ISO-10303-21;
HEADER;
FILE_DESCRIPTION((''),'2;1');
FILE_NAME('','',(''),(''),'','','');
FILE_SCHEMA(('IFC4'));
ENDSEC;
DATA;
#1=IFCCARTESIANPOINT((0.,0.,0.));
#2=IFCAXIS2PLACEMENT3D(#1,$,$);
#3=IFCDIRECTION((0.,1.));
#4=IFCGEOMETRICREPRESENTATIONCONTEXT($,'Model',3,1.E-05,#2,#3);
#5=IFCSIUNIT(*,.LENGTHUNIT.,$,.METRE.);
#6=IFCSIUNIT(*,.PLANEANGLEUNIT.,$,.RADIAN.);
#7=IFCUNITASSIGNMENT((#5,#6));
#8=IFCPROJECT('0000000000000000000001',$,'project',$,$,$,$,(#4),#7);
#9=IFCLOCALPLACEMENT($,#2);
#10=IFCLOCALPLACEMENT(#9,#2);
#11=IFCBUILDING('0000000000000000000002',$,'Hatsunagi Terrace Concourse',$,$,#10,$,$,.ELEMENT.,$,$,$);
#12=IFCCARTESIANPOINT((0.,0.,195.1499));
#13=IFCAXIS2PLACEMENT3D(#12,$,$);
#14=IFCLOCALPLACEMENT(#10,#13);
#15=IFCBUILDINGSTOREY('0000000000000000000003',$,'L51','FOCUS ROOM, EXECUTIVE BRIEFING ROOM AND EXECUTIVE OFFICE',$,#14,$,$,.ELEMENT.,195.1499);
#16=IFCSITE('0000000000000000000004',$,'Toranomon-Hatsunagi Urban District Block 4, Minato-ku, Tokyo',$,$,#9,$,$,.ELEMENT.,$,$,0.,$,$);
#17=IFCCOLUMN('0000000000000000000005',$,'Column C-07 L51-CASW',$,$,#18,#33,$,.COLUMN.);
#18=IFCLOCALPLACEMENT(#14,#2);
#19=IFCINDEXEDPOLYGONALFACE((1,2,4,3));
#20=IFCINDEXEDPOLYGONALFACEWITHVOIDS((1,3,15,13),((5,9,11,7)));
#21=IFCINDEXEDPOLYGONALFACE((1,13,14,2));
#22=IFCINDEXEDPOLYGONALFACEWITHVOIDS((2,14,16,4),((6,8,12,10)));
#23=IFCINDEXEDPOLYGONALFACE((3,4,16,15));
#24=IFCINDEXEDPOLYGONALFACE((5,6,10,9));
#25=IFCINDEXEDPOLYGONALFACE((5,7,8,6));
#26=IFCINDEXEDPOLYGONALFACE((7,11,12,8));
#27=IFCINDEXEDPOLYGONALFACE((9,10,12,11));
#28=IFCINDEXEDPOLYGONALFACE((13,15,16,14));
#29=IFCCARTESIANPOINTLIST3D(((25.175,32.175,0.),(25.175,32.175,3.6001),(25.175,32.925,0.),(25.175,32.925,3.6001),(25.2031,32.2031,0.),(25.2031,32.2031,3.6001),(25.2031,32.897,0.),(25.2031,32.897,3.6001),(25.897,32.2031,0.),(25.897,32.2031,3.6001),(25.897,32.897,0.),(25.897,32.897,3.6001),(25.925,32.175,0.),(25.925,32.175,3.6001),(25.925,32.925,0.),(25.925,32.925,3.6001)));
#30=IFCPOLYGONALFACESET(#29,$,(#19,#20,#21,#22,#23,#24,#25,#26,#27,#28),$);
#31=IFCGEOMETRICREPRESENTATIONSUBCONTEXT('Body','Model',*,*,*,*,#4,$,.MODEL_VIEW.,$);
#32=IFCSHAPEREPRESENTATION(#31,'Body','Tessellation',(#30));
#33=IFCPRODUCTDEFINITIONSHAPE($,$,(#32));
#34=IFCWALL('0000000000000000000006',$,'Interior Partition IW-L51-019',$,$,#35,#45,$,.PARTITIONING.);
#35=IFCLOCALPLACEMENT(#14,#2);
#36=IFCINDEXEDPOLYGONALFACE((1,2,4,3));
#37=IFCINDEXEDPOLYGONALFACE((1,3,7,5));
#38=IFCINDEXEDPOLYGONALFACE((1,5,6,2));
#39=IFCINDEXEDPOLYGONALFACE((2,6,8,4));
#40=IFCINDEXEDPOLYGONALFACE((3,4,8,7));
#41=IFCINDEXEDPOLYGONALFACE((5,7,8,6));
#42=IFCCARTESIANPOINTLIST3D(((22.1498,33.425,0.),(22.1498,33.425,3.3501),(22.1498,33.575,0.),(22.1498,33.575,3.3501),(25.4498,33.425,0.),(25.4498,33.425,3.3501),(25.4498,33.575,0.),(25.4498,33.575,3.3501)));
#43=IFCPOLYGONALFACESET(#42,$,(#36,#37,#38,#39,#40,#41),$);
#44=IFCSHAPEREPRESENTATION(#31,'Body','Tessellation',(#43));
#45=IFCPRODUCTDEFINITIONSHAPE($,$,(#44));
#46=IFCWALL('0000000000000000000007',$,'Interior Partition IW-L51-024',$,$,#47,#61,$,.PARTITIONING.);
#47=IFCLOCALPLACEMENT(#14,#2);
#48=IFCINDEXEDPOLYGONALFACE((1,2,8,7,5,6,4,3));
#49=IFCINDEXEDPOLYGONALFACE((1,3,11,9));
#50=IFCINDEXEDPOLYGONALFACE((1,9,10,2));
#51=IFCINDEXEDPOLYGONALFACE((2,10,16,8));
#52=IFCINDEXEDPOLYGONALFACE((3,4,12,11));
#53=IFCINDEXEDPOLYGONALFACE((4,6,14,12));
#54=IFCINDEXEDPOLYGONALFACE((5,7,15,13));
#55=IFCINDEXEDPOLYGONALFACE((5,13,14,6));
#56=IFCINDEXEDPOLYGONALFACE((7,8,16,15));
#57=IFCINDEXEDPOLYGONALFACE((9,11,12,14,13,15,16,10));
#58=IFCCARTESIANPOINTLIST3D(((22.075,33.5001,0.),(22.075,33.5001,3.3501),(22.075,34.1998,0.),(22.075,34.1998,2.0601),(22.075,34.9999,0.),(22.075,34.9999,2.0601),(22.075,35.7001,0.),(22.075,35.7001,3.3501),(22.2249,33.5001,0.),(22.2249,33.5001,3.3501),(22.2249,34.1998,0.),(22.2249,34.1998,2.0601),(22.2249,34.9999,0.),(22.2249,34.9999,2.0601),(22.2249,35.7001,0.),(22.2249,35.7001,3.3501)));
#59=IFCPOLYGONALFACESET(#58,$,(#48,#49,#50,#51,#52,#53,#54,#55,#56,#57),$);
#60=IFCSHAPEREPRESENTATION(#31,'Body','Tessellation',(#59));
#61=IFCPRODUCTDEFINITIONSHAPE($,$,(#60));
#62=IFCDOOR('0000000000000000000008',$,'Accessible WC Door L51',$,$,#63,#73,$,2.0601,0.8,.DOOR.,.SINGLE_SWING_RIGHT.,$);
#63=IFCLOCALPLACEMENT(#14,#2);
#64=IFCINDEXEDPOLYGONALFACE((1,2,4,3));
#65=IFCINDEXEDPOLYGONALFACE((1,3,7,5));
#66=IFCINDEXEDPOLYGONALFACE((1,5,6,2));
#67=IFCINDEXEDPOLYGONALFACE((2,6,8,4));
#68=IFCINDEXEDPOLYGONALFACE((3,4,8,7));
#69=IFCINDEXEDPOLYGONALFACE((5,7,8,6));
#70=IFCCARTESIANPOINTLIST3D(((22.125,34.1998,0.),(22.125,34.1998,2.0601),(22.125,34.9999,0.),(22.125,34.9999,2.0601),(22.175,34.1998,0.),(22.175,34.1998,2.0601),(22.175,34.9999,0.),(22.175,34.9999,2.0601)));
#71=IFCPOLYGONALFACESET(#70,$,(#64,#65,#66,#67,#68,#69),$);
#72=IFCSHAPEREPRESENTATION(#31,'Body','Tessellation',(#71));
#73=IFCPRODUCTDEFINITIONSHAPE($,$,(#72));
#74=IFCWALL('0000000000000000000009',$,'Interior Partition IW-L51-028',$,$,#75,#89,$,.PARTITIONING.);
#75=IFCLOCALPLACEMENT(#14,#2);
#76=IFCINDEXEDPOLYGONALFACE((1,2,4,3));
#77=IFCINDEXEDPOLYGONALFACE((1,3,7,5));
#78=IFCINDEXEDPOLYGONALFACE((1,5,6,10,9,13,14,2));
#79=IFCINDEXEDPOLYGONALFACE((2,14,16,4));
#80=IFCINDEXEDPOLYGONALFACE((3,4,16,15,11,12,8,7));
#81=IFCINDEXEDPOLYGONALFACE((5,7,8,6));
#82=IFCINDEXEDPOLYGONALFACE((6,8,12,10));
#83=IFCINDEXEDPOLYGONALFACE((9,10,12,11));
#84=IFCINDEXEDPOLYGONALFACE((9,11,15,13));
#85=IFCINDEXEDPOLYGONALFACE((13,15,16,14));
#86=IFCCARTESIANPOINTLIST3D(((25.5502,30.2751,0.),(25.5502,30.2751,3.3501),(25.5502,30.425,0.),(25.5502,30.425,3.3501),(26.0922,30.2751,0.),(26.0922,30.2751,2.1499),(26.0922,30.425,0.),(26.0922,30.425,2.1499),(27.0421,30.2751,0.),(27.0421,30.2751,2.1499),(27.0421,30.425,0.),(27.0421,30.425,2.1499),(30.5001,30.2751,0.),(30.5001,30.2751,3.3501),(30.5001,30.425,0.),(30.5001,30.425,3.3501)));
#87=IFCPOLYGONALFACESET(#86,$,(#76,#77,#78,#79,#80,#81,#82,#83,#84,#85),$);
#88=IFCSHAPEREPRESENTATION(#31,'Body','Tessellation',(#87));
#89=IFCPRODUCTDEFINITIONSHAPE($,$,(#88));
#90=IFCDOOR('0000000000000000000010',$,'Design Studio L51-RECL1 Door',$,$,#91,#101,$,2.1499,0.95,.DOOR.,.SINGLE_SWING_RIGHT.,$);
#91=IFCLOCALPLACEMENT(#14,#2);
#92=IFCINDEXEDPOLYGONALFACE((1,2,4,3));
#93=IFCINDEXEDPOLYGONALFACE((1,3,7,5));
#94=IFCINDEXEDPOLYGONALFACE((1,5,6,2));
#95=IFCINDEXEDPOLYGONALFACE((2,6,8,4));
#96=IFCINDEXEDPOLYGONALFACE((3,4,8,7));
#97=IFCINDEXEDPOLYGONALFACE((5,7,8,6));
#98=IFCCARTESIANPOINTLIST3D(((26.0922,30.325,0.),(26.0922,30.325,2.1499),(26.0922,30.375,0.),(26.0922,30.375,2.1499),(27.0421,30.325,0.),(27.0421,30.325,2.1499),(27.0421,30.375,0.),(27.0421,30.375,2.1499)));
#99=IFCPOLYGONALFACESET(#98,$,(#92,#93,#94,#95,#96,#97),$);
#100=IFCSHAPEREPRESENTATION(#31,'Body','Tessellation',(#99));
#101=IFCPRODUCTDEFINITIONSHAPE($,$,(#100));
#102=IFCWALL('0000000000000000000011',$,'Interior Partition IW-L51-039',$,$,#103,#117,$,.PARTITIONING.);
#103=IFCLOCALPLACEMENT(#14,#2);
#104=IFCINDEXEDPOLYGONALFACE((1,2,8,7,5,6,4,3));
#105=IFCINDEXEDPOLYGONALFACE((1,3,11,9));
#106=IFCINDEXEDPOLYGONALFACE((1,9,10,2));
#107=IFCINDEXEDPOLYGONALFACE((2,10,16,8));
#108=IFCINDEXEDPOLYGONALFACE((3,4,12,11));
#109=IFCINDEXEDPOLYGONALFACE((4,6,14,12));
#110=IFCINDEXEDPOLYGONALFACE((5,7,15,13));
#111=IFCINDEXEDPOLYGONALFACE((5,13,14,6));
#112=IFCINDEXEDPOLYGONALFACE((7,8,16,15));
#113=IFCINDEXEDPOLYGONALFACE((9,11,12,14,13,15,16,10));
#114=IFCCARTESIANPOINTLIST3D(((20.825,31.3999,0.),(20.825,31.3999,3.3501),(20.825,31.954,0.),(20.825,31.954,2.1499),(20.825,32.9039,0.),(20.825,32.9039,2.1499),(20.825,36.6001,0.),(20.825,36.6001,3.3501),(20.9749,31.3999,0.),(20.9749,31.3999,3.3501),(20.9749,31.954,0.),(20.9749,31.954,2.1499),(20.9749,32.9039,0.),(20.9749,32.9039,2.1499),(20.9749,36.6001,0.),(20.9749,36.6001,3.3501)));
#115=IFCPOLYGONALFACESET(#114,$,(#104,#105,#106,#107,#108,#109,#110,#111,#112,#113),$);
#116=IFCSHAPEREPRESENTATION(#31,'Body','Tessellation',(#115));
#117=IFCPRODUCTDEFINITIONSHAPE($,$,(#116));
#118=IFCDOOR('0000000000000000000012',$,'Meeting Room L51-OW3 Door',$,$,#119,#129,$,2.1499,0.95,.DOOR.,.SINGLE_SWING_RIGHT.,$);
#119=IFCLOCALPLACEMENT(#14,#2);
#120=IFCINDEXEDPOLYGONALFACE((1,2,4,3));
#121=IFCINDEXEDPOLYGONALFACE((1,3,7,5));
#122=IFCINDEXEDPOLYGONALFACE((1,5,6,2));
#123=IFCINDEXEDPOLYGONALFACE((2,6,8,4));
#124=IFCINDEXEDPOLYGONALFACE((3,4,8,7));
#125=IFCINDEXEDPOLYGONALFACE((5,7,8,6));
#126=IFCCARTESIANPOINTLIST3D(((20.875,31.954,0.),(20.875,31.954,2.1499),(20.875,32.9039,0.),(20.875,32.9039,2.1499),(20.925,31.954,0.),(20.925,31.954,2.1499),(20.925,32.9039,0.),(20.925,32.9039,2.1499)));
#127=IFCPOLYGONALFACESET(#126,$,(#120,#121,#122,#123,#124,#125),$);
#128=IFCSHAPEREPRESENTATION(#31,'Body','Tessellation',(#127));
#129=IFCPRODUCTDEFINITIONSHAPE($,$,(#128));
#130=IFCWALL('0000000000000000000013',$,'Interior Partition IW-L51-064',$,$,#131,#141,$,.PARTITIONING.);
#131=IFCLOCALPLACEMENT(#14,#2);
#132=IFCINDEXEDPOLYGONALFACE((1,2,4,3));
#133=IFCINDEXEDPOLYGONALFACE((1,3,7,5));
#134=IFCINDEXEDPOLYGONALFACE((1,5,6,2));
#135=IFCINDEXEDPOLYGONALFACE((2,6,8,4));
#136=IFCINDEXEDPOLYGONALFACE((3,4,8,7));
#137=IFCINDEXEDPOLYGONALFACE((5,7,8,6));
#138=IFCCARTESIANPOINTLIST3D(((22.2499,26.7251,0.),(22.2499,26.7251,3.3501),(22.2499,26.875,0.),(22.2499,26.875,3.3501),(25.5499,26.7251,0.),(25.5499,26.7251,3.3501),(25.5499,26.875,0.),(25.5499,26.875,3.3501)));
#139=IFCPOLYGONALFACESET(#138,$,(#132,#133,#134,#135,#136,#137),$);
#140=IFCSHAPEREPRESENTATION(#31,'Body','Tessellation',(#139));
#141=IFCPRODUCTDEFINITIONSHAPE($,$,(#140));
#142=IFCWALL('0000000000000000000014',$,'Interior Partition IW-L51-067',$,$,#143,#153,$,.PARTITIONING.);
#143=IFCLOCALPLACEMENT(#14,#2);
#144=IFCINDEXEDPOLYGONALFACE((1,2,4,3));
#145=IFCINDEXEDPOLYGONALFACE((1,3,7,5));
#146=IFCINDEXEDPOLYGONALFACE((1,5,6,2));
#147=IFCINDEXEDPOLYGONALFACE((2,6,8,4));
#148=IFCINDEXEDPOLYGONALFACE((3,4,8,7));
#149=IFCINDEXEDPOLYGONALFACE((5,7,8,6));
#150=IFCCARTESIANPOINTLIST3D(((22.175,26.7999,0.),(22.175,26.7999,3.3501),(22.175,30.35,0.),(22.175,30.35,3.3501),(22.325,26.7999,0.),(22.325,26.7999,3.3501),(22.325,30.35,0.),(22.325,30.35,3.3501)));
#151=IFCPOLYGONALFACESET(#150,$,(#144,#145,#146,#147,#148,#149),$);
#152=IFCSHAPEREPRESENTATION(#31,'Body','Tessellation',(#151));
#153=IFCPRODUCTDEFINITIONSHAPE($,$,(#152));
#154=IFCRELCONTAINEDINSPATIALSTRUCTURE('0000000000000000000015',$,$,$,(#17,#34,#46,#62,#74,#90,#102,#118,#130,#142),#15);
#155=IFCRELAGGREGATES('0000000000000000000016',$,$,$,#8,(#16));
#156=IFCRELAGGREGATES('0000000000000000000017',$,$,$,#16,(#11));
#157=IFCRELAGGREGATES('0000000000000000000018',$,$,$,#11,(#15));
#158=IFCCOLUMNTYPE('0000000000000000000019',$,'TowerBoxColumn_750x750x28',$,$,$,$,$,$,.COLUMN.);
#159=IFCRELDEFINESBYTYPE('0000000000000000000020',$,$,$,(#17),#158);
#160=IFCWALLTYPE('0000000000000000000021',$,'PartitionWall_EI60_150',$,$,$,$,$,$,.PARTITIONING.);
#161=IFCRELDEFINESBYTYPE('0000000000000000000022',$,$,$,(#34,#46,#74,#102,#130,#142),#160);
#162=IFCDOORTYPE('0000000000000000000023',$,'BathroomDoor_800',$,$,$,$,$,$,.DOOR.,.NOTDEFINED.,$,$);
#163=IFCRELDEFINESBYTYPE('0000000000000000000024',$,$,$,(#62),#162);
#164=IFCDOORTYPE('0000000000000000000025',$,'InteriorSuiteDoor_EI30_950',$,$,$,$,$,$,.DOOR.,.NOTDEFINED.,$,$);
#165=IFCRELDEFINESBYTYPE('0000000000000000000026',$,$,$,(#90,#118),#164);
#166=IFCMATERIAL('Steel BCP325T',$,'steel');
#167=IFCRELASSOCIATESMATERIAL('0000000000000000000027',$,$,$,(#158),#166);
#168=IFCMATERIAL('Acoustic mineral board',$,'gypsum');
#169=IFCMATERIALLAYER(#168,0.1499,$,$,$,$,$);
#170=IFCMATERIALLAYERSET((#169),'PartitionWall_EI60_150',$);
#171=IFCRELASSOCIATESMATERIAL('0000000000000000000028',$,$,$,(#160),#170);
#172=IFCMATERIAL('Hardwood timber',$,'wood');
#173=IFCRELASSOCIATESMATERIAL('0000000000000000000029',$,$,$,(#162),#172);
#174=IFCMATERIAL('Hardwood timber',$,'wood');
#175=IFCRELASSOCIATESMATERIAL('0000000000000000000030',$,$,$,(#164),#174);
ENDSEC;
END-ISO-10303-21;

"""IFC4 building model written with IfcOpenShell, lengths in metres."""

from ifc_helpers import new_model, si_unit, direction, frame, frame_2d, origin, origin_2d, place, context, subcontext, project, spatial, rectangle, hollow_rectangle, extrude, material, layer, layer_set, material_profile, profile_set, type_object, element, fill, save


model = new_model("IFC4")

# Units and contexts
model_context = context("Model", 3, precision=1e-05, world=origin(), true_north=direction((0.0, 1.0)))
body_context = subcontext(model_context, "Body", "Model", "MODEL_VIEW")
ifc_project = project(units=[si_unit("LENGTHUNIT", "METRE"), si_unit("PLANEANGLEUNIT", "RADIAN")], contexts=[model_context])

# Site, building, storey
site_placement = place(None, origin())
site = spatial("IfcSite", under=ifc_project, at=site_placement, Name="Toranomon-Hatsunagi Urban District Block 4, Minato-ku, Tokyo", CompositionType="ELEMENT", RefElevation=0.0)
building_placement = place(site_placement, origin())
building = spatial("IfcBuilding", under=site, at=building_placement, Name="Hatsunagi Terrace Concourse", CompositionType="ELEMENT")
storey_placement = place(building_placement, frame((0.0, 0.0, 195.1499)))
storey = spatial("IfcBuildingStorey", under=building, at=storey_placement, Name="L51", Description="FOCUS ROOM, EXECUTIVE BRIEFING ROOM AND EXECUTIVE OFFICE", CompositionType="ELEMENT", Elevation=195.1499)

# Column
ifc_material_1 = material(Name="Steel BCP325T", Category="steel")
ifc_material_profile = material_profile(ifc_material_1, hollow_rectangle(XDim=0.75, YDim=0.75, WallThickness=0.0281, at=origin_2d()), Name="BCP-750x750x28")
ifc_profile_set = profile_set([ifc_material_profile], Name="Steel BCP325T")
column_type = type_object("IfcColumnType", Name="TowerBoxColumn_750x750x28", PredefinedType="COLUMN", material=ifc_profile_set)
column_placement = place(storey_placement, frame((25.55, 32.55, 0.0), z_axis=(0.0, 0.0, 1.0), x_axis=(1.0, 0.0, 0.0)))
element("IfcColumn", 1, at=column_placement, inside=storey, type_object=column_type, Name="Column C-07 L51-CASW", PredefinedType="COLUMN", context=body_context, shape_type="SweptSolid", body=[
    extrude(hollow_rectangle(XDim=0.75, YDim=0.75, WallThickness=0.0281, at=origin_2d()), origin(), (0.0, 0.0, 1.0), 3.6001),
])

# Wall
ifc_material_2 = material(Name="Acoustic mineral board", Category="gypsum")
ifc_layer_1 = layer(ifc_material_2, 0.1499)
ifc_layer_set_1 = layer_set([ifc_layer_1], Name="PartitionWall_EI60_150")
wall_type_1 = type_object("IfcWallType", Name="PartitionWall_EI60_150", PredefinedType="PARTITIONING", material=ifc_layer_set_1)
wall_1_placement = place(storey_placement, frame((22.1499, 33.5, 0.0), z_axis=(0.0, 0.0, 1.0), x_axis=(1.0, 0.0, 0.0)))
element("IfcWall", 2, at=wall_1_placement, inside=storey, type_object=wall_type_1, Name="Interior Partition IW-L51-019", PredefinedType="PARTITIONING", context=body_context, shape_type="SweptSolid", body=[
    extrude(rectangle(XDim=3.3, YDim=0.1499, at=frame_2d((1.6499, 0.0))), origin(), (0.0, 0.0, 1.0), 3.3501),
])

# Walls, openings, doors
wall_2_placement = place(storey_placement, frame((22.1499, 33.5, 0.0), z_axis=(0.0, 0.0, 1.0), x_axis=(0.0, 1.0, 0.0)))
wall_2 = element("IfcWall", 3, at=wall_2_placement, inside=storey, type_object=wall_type_1, Name="Interior Partition IW-L51-024", PredefinedType="PARTITIONING", context=body_context, shape_type="SweptSolid", body=[
    extrude(rectangle(XDim=2.2, YDim=0.1499, at=frame_2d((1.1001, 0.0))), origin(), (0.0, 0.0, 1.0), 3.3501),
])
opening_1_placement = place(wall_2_placement, frame((0.7, 0.0, 0.0)))
opening_1 = element("IfcOpeningElement", 4, at=opening_1_placement, cuts=wall_2, PredefinedType="OPENING", context=body_context, shape_type="SweptSolid", body=[
    extrude(rectangle(XDim=0.8, YDim=2.0601, at=frame_2d((0.3999, 1.03))), frame((0.0, 0.085, 0.0), z_axis=(0.0, -1.0, 0.0), x_axis=(1.0, 0.0, 0.0)), (0.0, 0.0, 1.0), 0.1699),
])
ifc_material_3 = material(Name="Hardwood timber", Category="wood")
door_type_1 = type_object("IfcDoorType", Name="BathroomDoor_800", OperationType="NOTDEFINED", PredefinedType="DOOR", material=ifc_material_3)
door_1_placement = place(opening_1_placement, origin())
door_1 = element("IfcDoor", 5, at=door_1_placement, inside=storey, type_object=door_type_1, Name="Accessible WC Door L51", OperationType="SINGLE_SWING_RIGHT", OverallHeight=2.0601, OverallWidth=0.8, PredefinedType="DOOR", context=body_context, shape_type="SweptSolid", body=[
    extrude(rectangle(XDim=0.8, YDim=2.0601, at=frame_2d((0.3999, 1.03))), frame((0.0, 0.0249, 0.0), z_axis=(0.0, -1.0, 0.0), x_axis=(1.0, 0.0, 0.0)), (0.0, 0.0, 1.0), 0.05),
])
fill(opening_1, door_1)
wall_3_placement = place(storey_placement, frame((25.55, 30.3501, 0.0), z_axis=(0.0, 0.0, 1.0), x_axis=(1.0, 0.0, 0.0)))
wall_3 = element("IfcWall", 6, at=wall_3_placement, inside=storey, type_object=wall_type_1, Name="Interior Partition IW-L51-028", PredefinedType="PARTITIONING", context=body_context, shape_type="SweptSolid", body=[
    extrude(rectangle(XDim=4.95, YDim=0.1499, at=frame_2d((2.4751, 0.0))), origin(), (0.0, 0.0, 1.0), 3.3501),
])
opening_2_placement = place(wall_3_placement, frame((0.542, 0.0, 0.0)))
opening_2 = element("IfcOpeningElement", 7, at=opening_2_placement, cuts=wall_3, PredefinedType="OPENING", context=body_context, shape_type="SweptSolid", body=[
    extrude(rectangle(XDim=0.95, YDim=2.1499, at=frame_2d((0.4751, 1.075))), frame((0.0, 0.085, 0.0), z_axis=(0.0, -1.0, 0.0), x_axis=(1.0, 0.0, 0.0)), (0.0, 0.0, 1.0), 0.1699),
])
ifc_material_4 = material(Name="Hardwood timber", Category="wood")
door_type_2 = type_object("IfcDoorType", Name="InteriorSuiteDoor_EI30_950", OperationType="NOTDEFINED", PredefinedType="DOOR", material=ifc_material_4)
door_2_placement = place(opening_2_placement, origin())
door_2 = element("IfcDoor", 8, at=door_2_placement, inside=storey, type_object=door_type_2, Name="Design Studio L51-RECL1 Door", OperationType="SINGLE_SWING_RIGHT", OverallHeight=2.1499, OverallWidth=0.95, PredefinedType="DOOR", context=body_context, shape_type="SweptSolid", body=[
    extrude(rectangle(XDim=0.95, YDim=2.1499, at=frame_2d((0.4751, 1.075))), frame((0.0, 0.0249, 0.0), z_axis=(0.0, -1.0, 0.0), x_axis=(1.0, 0.0, 0.0)), (0.0, 0.0, 1.0), 0.05),
])
fill(opening_2, door_2)
wall_4_placement = place(storey_placement, frame((20.8999, 31.3999, 0.0), z_axis=(0.0, 0.0, 1.0), x_axis=(0.0, 1.0, 0.0)))
wall_4 = element("IfcWall", 9, at=wall_4_placement, inside=storey, type_object=wall_type_1, Name="Interior Partition IW-L51-039", PredefinedType="PARTITIONING", context=body_context, shape_type="SweptSolid", body=[
    extrude(rectangle(XDim=5.2002, YDim=0.1499, at=frame_2d((2.6001, 0.0))), origin(), (0.0, 0.0, 1.0), 3.3501),
])
opening_3_placement = place(wall_4_placement, frame((0.554, 0.0, 0.0)))
opening_3 = element("IfcOpeningElement", 10, at=opening_3_placement, cuts=wall_4, PredefinedType="OPENING", context=body_context, shape_type="SweptSolid", body=[
    extrude(rectangle(XDim=0.95, YDim=2.1499, at=frame_2d((0.4751, 1.075))), frame((0.0, 0.085, 0.0), z_axis=(0.0, -1.0, 0.0), x_axis=(1.0, 0.0, 0.0)), (0.0, 0.0, 1.0), 0.1699),
])
door_3_placement = place(opening_3_placement, origin())
door_3 = element("IfcDoor", 11, at=door_3_placement, inside=storey, type_object=door_type_2, Name="Meeting Room L51-OW3 Door", OperationType="SINGLE_SWING_RIGHT", OverallHeight=2.1499, OverallWidth=0.95, PredefinedType="DOOR", context=body_context, shape_type="SweptSolid", body=[
    extrude(rectangle(XDim=0.95, YDim=2.1499, at=frame_2d((0.4751, 1.075))), frame((0.0, 0.0249, 0.0), z_axis=(0.0, -1.0, 0.0), x_axis=(1.0, 0.0, 0.0)), (0.0, 0.0, 1.0), 0.05),
])
fill(opening_3, door_3)

# Wall
wall_5_placement = place(storey_placement, frame((22.25, 26.8, 0.0), z_axis=(0.0, 0.0, 1.0), x_axis=(1.0, 0.0, 0.0)))
element("IfcWall", 12, at=wall_5_placement, inside=storey, type_object=wall_type_1, Name="Interior Partition IW-L51-064", PredefinedType="PARTITIONING", context=body_context, shape_type="SweptSolid", body=[
    extrude(rectangle(XDim=3.3, YDim=0.1499, at=frame_2d((1.6499, 0.0))), origin(), (0.0, 0.0, 1.0), 3.3501),
])

# Wall
wall_6_placement = place(storey_placement, frame((22.25, 26.8, 0.0), z_axis=(0.0, 0.0, 1.0), x_axis=(0.0, 1.0, 0.0)))
element("IfcWall", 13, at=wall_6_placement, inside=storey, type_object=wall_type_1, Name="Interior Partition IW-L51-067", PredefinedType="PARTITIONING", context=body_context, shape_type="SweptSolid", body=[
    extrude(rectangle(XDim=3.55, YDim=0.1499, at=frame_2d((1.7749, 0.0))), origin(), (0.0, 0.0, 1.0), 3.3501),
])

save(model, "model.ifc")
